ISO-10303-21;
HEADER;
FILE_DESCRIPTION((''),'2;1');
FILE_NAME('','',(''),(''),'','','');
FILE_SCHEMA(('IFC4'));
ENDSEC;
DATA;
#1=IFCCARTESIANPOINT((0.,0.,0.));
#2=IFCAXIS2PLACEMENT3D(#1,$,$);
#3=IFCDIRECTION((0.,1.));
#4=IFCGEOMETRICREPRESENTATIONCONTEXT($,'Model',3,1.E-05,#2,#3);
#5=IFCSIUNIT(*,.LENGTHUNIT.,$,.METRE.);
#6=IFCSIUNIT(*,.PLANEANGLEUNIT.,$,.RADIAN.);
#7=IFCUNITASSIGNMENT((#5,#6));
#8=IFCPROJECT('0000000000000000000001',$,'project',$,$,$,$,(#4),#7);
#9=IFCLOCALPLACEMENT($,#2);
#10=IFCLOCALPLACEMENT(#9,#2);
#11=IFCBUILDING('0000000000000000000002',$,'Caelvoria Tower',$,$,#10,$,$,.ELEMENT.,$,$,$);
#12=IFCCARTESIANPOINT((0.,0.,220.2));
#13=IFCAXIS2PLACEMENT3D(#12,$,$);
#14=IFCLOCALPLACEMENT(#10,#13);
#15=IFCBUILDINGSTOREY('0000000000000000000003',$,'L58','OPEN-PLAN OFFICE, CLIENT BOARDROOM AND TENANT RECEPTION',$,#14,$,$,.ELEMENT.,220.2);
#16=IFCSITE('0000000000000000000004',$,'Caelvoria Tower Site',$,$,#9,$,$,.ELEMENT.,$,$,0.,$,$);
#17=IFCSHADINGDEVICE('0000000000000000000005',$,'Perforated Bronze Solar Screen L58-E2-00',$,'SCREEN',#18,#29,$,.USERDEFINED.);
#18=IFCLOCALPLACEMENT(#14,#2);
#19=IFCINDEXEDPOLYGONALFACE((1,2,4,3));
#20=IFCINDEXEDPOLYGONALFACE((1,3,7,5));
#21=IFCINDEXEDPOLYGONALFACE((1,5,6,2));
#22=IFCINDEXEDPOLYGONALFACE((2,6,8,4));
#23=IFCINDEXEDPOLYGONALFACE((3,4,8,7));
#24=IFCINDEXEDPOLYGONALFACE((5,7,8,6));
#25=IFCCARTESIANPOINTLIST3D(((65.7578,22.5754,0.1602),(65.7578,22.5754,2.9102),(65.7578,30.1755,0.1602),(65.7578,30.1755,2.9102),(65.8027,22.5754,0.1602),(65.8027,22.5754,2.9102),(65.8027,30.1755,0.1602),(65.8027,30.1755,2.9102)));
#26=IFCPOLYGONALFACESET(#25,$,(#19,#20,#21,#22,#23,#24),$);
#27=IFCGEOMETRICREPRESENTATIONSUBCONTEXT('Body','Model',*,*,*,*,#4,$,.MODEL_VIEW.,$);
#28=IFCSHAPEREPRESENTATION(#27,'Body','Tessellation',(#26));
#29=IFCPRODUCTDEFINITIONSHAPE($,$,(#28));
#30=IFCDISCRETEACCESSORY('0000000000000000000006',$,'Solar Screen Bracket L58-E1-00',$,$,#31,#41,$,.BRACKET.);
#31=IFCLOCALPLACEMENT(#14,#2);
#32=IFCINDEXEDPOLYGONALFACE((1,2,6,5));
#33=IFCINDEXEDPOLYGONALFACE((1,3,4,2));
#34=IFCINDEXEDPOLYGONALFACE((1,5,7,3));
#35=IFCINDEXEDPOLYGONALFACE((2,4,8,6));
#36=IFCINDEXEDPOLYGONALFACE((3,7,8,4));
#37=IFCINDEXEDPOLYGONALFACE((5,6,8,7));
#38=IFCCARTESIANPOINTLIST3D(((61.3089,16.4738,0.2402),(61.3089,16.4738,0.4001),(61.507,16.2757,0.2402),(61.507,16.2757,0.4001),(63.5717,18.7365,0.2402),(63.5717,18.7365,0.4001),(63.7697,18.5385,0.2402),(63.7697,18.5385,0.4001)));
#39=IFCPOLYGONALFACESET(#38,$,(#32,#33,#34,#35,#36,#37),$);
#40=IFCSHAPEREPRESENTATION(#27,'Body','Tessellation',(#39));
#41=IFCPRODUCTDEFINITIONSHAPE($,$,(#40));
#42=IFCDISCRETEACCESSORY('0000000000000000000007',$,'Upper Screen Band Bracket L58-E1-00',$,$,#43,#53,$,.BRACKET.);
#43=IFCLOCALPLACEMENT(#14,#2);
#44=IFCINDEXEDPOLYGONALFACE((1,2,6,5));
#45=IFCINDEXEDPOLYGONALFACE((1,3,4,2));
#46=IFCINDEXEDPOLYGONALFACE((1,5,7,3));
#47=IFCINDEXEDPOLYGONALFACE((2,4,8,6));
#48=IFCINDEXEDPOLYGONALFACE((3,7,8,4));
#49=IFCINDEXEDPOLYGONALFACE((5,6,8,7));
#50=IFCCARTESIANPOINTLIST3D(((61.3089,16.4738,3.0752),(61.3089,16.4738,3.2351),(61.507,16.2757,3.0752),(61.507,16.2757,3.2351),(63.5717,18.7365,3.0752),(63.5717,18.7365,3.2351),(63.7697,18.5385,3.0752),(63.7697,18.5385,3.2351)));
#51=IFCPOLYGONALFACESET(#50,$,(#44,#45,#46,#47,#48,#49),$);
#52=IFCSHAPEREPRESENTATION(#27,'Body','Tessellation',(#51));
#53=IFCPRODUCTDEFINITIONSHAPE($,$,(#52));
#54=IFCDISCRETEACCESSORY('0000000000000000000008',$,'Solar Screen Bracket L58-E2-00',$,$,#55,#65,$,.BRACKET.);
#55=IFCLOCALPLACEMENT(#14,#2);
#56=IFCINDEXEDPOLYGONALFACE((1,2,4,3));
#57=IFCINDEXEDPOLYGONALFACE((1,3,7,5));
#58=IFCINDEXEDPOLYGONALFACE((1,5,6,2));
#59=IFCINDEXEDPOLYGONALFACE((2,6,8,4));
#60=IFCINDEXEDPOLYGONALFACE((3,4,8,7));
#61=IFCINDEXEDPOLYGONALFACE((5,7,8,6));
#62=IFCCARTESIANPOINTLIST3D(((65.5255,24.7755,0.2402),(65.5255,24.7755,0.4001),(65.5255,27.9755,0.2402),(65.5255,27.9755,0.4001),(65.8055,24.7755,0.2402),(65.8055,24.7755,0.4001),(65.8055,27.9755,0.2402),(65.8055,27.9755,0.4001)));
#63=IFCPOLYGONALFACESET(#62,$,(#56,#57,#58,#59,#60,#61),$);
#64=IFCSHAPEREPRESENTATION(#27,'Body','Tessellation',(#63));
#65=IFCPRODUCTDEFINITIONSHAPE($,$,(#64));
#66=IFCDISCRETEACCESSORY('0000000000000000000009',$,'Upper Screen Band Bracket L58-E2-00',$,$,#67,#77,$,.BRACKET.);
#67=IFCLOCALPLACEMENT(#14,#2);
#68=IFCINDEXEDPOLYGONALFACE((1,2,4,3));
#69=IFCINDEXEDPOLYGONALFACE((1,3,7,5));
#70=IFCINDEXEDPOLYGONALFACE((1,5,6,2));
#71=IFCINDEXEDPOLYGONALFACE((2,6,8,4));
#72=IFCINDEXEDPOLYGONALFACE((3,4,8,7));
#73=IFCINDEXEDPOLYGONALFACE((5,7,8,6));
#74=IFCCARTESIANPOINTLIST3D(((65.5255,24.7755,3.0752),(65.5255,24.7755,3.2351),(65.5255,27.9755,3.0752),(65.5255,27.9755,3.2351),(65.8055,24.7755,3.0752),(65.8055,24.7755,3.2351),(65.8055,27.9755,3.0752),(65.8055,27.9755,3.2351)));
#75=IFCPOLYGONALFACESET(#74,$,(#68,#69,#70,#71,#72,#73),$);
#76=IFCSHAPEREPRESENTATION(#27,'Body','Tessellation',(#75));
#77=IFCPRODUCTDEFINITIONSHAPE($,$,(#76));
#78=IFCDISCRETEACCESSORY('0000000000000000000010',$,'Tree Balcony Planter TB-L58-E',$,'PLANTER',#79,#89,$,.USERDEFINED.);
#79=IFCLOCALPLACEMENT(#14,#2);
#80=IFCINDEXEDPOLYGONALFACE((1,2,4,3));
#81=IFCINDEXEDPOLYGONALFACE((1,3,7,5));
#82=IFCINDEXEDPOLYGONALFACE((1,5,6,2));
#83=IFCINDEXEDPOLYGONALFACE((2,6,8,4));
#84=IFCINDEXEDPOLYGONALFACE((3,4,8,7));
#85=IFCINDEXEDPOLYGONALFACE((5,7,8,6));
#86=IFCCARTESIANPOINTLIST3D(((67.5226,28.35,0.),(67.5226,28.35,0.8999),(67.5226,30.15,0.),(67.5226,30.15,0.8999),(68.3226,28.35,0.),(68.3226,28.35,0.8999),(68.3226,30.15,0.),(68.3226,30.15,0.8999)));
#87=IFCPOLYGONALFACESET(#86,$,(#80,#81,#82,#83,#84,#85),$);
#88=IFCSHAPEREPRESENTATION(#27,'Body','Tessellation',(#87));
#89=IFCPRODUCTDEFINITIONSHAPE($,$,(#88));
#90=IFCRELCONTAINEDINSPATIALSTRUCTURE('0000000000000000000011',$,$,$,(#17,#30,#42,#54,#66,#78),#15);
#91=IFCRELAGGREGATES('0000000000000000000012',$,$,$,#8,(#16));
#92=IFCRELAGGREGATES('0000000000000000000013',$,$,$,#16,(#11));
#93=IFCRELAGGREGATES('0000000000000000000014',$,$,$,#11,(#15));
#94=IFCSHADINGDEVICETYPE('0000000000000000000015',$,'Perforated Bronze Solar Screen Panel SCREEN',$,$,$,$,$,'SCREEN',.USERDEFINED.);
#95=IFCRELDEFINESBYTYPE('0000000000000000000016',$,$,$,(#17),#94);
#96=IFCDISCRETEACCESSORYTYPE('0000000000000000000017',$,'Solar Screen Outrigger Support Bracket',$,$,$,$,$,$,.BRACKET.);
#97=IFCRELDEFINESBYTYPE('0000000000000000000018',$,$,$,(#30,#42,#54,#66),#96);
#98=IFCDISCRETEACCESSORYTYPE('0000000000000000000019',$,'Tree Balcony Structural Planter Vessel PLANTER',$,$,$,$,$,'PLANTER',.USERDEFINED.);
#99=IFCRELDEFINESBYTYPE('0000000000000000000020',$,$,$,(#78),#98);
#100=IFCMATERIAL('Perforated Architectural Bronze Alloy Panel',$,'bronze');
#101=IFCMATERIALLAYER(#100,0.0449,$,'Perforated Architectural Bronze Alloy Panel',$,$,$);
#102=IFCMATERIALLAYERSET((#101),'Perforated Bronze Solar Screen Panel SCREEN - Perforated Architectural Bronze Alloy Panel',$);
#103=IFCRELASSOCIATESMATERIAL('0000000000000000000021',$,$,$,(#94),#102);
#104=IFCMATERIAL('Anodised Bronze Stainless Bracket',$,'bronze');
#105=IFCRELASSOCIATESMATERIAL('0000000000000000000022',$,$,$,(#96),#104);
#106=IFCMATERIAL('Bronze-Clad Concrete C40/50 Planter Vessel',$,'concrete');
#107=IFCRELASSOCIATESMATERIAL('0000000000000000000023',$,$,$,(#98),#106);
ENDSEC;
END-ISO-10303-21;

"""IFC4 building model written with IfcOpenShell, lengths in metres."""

from ifc_helpers import new_model, si_unit, direction, frame, origin, origin_2d, place, context, subcontext, project, spatial, rectangle, extrude, material, layer, layer_set, type_object, element, save


model = new_model("IFC4")

# Units and contexts
model_context = context("Model", 3, precision=1e-05, world=origin(), true_north=direction((0.0, 1.0)))
body_context = subcontext(model_context, "Body", "Model", "MODEL_VIEW")
ifc_project = project(units=[si_unit("LENGTHUNIT", "METRE"), si_unit("PLANEANGLEUNIT", "RADIAN")], contexts=[model_context])

# Site, building, storey
site_placement = place(None, origin())
site = spatial("IfcSite", under=ifc_project, at=site_placement, Name="Caelvoria Tower Site", CompositionType="ELEMENT", RefElevation=0.0)
building_placement = place(site_placement, origin())
building = spatial("IfcBuilding", under=site, at=building_placement, Name="Caelvoria Tower", CompositionType="ELEMENT")
storey_placement = place(building_placement, frame((0.0, 0.0, 220.2)))
storey = spatial("IfcBuildingStorey", under=building, at=storey_placement, Name="L58", Description="OPEN-PLAN OFFICE, CLIENT BOARDROOM AND TENANT RECEPTION", CompositionType="ELEMENT", Elevation=220.2)

# Shading device
ifc_material_1 = material(Name="Perforated Architectural Bronze Alloy Panel", Category="bronze")
ifc_layer_1 = layer(ifc_material_1, 0.0449, Name="Perforated Architectural Bronze Alloy Panel")
ifc_layer_set_1 = layer_set([ifc_layer_1], Name="Perforated Bronze Solar Screen Panel SCREEN - Perforated Architectural Bronze Alloy Panel")
shading_device_type = type_object("IfcShadingDeviceType", Name="Perforated Bronze Solar Screen Panel SCREEN", ElementType="SCREEN", PredefinedType="USERDEFINED", material=ifc_layer_set_1)
shading_device_1_placement = place(storey_placement, frame((65.7803, 26.3755, 0.1602), z_axis=(0.0, 0.0, 1.0), x_axis=(0.0, 1.0, 0.0)))
element("IfcShadingDevice", 1, at=shading_device_1_placement, inside=storey, type_object=shading_device_type, Name="Perforated Bronze Solar Screen L58-E2-00", ObjectType="SCREEN", PredefinedType="USERDEFINED", context=body_context, shape_type="SweptSolid", body=[
    extrude(rectangle(XDim=7.6001, YDim=0.0449, at=origin_2d()), origin(), (0.0, 0.0, 1.0), 2.75),
])

# Discrete accessories
ifc_material_2 = material(Name="Anodised Bronze Stainless Bracket", Category="bronze")
discrete_accessory_type_1 = type_object("IfcDiscreteAccessoryType", Name="Solar Screen Outrigger Support Bracket", PredefinedType="BRACKET", material=ifc_material_2)
for number, where, z_axis, x_axis, name in (
    (2, (62.5393, 17.5061, 0.2402), (0.0, 0.0, 1.0), (0.707107, 0.707107, 0.0), "Solar Screen Bracket L58-E1-00"),
    (3, (62.5393, 17.5061, 3.0752), (0.0, 0.0, 1.0), (0.707107, 0.707107, 0.0), "Upper Screen Band Bracket L58-E1-00"),
    (4, (65.6655, 26.3755, 0.2402), (0.0, 0.0, 1.0), (0.0, 1.0, 0.0), "Solar Screen Bracket L58-E2-00"),
    (5, (65.6655, 26.3755, 3.0752), (0.0, 0.0, 1.0), (0.0, 1.0, 0.0), "Upper Screen Band Bracket L58-E2-00"),
):
    element("IfcDiscreteAccessory", number, at=place(storey_placement, frame(where, z_axis=z_axis, x_axis=x_axis)), inside=storey, type_object=discrete_accessory_type_1, Name=name, PredefinedType="BRACKET", context=body_context, shape_type="SweptSolid", body=[
        extrude(rectangle(XDim=3.2, YDim=0.28, at=origin_2d()), origin(), (0.0, 0.0, 1.0), 0.1599),
    ])
ifc_material_3 = material(Name="Bronze-Clad Concrete C40/50 Planter Vessel", Category="concrete")
discrete_accessory_type_2 = type_object("IfcDiscreteAccessoryType", Name="Tree Balcony Structural Planter Vessel PLANTER", ElementType="PLANTER", PredefinedType="USERDEFINED", material=ifc_material_3)
discrete_accessory_placement = place(storey_placement, frame((67.9226, 29.25, 0.0), z_axis=(0.0, 0.0, 1.0), x_axis=(0.0, 1.0, 0.0)))
element("IfcDiscreteAccessory", 6, at=discrete_accessory_placement, inside=storey, type_object=discrete_accessory_type_2, Name="Tree Balcony Planter TB-L58-E", ObjectType="PLANTER", PredefinedType="USERDEFINED", context=body_context, shape_type="SweptSolid", body=[
    extrude(rectangle(XDim=1.8, YDim=0.8, at=origin_2d()), origin(), (0.0, 0.0, 1.0), 0.8999),
])

save(model, "model.ifc")
